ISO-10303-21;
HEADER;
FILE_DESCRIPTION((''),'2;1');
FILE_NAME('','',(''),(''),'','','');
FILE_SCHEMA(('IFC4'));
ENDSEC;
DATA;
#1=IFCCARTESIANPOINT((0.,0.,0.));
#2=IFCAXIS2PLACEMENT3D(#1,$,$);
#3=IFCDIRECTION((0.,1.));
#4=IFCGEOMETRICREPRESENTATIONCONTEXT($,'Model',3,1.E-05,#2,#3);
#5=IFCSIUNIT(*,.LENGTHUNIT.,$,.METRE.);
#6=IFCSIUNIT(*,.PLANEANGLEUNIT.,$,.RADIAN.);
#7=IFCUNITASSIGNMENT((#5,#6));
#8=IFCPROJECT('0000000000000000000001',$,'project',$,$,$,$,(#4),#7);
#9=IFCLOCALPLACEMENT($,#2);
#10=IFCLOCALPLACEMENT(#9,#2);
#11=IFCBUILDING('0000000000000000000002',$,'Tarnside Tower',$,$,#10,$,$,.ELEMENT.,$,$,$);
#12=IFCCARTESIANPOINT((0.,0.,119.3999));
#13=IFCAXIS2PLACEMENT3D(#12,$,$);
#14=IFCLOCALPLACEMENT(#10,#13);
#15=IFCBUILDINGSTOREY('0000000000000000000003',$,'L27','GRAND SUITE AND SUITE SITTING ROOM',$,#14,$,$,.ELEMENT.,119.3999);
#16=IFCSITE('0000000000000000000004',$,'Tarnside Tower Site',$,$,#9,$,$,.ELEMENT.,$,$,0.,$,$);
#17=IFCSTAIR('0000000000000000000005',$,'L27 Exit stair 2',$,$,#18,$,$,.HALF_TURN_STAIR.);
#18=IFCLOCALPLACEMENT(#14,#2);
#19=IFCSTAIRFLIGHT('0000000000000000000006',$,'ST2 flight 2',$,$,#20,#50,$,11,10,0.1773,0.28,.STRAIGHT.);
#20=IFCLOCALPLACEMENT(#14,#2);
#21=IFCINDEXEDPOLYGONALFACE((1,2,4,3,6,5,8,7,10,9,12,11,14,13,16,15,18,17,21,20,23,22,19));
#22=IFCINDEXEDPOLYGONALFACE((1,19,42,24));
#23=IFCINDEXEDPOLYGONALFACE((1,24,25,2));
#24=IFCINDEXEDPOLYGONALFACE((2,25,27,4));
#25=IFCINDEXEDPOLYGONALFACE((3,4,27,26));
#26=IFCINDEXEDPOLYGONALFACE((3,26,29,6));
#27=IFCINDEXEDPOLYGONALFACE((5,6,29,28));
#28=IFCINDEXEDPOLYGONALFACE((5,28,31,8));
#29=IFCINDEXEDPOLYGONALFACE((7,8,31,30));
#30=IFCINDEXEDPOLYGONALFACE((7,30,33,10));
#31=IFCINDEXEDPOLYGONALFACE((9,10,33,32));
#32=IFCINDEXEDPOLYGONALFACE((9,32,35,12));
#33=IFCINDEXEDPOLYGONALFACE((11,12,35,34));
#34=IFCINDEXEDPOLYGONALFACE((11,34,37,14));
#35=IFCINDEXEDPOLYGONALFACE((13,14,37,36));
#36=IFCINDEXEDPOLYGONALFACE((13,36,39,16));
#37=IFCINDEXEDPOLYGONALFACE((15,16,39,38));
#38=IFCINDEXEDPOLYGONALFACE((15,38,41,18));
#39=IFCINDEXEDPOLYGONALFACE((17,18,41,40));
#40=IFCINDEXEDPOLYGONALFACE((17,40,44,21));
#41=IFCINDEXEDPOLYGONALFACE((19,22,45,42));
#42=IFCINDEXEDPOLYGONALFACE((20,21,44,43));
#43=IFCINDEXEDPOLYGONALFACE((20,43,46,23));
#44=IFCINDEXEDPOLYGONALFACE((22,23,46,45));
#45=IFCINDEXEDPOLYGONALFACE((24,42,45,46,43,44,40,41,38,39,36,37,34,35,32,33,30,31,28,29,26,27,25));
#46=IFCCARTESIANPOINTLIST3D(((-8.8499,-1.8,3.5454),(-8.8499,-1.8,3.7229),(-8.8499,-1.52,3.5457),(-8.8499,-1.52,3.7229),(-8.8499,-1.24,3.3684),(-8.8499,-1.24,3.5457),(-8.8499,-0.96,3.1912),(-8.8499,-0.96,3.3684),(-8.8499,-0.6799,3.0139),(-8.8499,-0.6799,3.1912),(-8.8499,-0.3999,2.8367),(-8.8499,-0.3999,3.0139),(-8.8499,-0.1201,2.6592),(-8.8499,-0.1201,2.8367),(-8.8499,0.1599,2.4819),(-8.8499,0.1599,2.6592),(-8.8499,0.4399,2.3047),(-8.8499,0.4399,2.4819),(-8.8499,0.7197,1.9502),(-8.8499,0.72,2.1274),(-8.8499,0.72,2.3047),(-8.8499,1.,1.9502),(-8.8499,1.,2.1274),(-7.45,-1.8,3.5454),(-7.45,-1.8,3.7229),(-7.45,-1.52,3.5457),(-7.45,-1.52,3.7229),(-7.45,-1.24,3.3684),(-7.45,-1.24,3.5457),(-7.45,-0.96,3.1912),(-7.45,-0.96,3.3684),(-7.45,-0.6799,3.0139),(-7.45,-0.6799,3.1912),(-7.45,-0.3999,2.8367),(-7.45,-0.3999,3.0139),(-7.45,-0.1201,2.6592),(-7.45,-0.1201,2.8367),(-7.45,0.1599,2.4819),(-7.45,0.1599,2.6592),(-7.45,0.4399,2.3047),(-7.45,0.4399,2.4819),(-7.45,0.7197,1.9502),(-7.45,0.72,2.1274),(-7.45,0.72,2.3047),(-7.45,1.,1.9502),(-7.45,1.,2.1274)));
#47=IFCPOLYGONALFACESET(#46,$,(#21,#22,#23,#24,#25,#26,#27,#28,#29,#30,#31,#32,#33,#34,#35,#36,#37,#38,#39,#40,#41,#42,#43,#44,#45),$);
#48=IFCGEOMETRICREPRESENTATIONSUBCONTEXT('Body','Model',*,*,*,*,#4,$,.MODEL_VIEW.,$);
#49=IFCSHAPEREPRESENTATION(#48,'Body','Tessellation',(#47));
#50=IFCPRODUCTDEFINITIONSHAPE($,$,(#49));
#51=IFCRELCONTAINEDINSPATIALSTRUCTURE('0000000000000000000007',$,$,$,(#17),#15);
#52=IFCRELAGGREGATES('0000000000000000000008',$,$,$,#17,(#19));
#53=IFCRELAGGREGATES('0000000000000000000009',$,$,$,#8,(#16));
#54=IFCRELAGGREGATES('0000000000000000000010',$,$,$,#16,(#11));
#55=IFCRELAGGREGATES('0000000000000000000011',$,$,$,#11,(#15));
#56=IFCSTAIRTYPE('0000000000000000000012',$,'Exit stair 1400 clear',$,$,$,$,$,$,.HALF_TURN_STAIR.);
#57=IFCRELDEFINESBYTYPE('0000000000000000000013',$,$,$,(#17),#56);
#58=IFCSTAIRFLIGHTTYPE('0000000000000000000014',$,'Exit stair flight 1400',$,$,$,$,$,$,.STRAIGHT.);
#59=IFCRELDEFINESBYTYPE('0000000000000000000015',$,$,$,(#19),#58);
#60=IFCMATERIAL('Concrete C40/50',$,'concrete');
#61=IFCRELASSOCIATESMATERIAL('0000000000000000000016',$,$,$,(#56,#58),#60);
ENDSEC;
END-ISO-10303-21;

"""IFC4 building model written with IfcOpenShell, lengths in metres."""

from ifc_helpers import new_model, si_unit, direction, frame, origin, place, context, subcontext, project, spatial, polyline, outline, extrude, material, type_object, element, aggregate, save


model = new_model("IFC4")

# Units and contexts
model_context = context("Model", 3, precision=1e-05, world=origin(), true_north=direction((0.0, 1.0)))
body_context = subcontext(model_context, "Body", "Model", "MODEL_VIEW")
ifc_project = project(units=[si_unit("LENGTHUNIT", "METRE"), si_unit("PLANEANGLEUNIT", "RADIAN")], contexts=[model_context])

# Site, building, storey
site_placement = place(None, origin())
site = spatial("IfcSite", under=ifc_project, at=site_placement, Name="Tarnside Tower Site", CompositionType="ELEMENT", RefElevation=0.0)
building_placement = place(site_placement, origin())
building = spatial("IfcBuilding", under=site, at=building_placement, Name="Tarnside Tower", CompositionType="ELEMENT")
storey_placement = place(building_placement, frame((0.0, 0.0, 119.3999)))
storey = spatial("IfcBuildingStorey", under=building, at=storey_placement, Name="L27", Description="GRAND SUITE AND SUITE SITTING ROOM", CompositionType="ELEMENT", Elevation=119.3999)

# Shared definitions
ifc_material_1 = material(Name="Concrete C40/50", Category="concrete")

# Stair, stair flight
stair_type = type_object("IfcStairType", Name="Exit stair 1400 clear", PredefinedType="HALF_TURN_STAIR", material=ifc_material_1)
stair_placement = place(storey_placement, origin())
stair = element("IfcStair", 1, at=stair_placement, inside=storey, type_object=stair_type, Name="L27 Exit stair 2", PredefinedType="HALF_TURN_STAIR")
stair_flight_type = type_object("IfcStairFlightType", Name="Exit stair flight 1400", PredefinedType="STRAIGHT", material=ifc_material_1)
stair_flight_placement = place(storey_placement, frame((-8.1499, 1.0, 1.9502), z_axis=(0.0, 0.0, 1.0), x_axis=(0.0, -1.0, 0.0)))
stair_flight = element("IfcStairFlight", 2, at=stair_flight_placement, type_object=stair_flight_type, Name="ST2 flight 2", NumberOfRisers=11, NumberOfTreads=10, PredefinedType="STRAIGHT", RiserHeight=0.1773, TreadLength=0.28, context=body_context, shape_type="SweptSolid", body=[
    extrude(outline(polyline([(0.0, 0.0), (0.0, 0.1772), (0.28, 0.1772), (0.28, 0.3545), (0.5601, 0.3545), (0.5601, 0.5317), (0.8401, 0.5317), (0.8401, 0.709), (1.1201, 0.709), (1.1201, 0.8865), (1.3999, 0.8865), (1.3999, 1.0637), (1.6799, 1.0637), (1.6799, 1.241), (1.96, 1.241), (1.96, 1.4182), (2.24, 1.4182), (2.24, 1.5955), (2.52, 1.5955), (2.52, 1.7727), (2.8, 1.7727), (2.8, 1.95), (2.8, 1.5952), (0.2803, 0.0), (0.0, 0.0)])), frame((0.0, 0.7, 0.0), z_axis=(0.0, -1.0, 0.0), x_axis=(1.0, 0.0, 0.0)), (0.0, 0.0, 1.0), 1.3999),
])
aggregate(stair, [stair_flight])

save(model, "model.ifc")
